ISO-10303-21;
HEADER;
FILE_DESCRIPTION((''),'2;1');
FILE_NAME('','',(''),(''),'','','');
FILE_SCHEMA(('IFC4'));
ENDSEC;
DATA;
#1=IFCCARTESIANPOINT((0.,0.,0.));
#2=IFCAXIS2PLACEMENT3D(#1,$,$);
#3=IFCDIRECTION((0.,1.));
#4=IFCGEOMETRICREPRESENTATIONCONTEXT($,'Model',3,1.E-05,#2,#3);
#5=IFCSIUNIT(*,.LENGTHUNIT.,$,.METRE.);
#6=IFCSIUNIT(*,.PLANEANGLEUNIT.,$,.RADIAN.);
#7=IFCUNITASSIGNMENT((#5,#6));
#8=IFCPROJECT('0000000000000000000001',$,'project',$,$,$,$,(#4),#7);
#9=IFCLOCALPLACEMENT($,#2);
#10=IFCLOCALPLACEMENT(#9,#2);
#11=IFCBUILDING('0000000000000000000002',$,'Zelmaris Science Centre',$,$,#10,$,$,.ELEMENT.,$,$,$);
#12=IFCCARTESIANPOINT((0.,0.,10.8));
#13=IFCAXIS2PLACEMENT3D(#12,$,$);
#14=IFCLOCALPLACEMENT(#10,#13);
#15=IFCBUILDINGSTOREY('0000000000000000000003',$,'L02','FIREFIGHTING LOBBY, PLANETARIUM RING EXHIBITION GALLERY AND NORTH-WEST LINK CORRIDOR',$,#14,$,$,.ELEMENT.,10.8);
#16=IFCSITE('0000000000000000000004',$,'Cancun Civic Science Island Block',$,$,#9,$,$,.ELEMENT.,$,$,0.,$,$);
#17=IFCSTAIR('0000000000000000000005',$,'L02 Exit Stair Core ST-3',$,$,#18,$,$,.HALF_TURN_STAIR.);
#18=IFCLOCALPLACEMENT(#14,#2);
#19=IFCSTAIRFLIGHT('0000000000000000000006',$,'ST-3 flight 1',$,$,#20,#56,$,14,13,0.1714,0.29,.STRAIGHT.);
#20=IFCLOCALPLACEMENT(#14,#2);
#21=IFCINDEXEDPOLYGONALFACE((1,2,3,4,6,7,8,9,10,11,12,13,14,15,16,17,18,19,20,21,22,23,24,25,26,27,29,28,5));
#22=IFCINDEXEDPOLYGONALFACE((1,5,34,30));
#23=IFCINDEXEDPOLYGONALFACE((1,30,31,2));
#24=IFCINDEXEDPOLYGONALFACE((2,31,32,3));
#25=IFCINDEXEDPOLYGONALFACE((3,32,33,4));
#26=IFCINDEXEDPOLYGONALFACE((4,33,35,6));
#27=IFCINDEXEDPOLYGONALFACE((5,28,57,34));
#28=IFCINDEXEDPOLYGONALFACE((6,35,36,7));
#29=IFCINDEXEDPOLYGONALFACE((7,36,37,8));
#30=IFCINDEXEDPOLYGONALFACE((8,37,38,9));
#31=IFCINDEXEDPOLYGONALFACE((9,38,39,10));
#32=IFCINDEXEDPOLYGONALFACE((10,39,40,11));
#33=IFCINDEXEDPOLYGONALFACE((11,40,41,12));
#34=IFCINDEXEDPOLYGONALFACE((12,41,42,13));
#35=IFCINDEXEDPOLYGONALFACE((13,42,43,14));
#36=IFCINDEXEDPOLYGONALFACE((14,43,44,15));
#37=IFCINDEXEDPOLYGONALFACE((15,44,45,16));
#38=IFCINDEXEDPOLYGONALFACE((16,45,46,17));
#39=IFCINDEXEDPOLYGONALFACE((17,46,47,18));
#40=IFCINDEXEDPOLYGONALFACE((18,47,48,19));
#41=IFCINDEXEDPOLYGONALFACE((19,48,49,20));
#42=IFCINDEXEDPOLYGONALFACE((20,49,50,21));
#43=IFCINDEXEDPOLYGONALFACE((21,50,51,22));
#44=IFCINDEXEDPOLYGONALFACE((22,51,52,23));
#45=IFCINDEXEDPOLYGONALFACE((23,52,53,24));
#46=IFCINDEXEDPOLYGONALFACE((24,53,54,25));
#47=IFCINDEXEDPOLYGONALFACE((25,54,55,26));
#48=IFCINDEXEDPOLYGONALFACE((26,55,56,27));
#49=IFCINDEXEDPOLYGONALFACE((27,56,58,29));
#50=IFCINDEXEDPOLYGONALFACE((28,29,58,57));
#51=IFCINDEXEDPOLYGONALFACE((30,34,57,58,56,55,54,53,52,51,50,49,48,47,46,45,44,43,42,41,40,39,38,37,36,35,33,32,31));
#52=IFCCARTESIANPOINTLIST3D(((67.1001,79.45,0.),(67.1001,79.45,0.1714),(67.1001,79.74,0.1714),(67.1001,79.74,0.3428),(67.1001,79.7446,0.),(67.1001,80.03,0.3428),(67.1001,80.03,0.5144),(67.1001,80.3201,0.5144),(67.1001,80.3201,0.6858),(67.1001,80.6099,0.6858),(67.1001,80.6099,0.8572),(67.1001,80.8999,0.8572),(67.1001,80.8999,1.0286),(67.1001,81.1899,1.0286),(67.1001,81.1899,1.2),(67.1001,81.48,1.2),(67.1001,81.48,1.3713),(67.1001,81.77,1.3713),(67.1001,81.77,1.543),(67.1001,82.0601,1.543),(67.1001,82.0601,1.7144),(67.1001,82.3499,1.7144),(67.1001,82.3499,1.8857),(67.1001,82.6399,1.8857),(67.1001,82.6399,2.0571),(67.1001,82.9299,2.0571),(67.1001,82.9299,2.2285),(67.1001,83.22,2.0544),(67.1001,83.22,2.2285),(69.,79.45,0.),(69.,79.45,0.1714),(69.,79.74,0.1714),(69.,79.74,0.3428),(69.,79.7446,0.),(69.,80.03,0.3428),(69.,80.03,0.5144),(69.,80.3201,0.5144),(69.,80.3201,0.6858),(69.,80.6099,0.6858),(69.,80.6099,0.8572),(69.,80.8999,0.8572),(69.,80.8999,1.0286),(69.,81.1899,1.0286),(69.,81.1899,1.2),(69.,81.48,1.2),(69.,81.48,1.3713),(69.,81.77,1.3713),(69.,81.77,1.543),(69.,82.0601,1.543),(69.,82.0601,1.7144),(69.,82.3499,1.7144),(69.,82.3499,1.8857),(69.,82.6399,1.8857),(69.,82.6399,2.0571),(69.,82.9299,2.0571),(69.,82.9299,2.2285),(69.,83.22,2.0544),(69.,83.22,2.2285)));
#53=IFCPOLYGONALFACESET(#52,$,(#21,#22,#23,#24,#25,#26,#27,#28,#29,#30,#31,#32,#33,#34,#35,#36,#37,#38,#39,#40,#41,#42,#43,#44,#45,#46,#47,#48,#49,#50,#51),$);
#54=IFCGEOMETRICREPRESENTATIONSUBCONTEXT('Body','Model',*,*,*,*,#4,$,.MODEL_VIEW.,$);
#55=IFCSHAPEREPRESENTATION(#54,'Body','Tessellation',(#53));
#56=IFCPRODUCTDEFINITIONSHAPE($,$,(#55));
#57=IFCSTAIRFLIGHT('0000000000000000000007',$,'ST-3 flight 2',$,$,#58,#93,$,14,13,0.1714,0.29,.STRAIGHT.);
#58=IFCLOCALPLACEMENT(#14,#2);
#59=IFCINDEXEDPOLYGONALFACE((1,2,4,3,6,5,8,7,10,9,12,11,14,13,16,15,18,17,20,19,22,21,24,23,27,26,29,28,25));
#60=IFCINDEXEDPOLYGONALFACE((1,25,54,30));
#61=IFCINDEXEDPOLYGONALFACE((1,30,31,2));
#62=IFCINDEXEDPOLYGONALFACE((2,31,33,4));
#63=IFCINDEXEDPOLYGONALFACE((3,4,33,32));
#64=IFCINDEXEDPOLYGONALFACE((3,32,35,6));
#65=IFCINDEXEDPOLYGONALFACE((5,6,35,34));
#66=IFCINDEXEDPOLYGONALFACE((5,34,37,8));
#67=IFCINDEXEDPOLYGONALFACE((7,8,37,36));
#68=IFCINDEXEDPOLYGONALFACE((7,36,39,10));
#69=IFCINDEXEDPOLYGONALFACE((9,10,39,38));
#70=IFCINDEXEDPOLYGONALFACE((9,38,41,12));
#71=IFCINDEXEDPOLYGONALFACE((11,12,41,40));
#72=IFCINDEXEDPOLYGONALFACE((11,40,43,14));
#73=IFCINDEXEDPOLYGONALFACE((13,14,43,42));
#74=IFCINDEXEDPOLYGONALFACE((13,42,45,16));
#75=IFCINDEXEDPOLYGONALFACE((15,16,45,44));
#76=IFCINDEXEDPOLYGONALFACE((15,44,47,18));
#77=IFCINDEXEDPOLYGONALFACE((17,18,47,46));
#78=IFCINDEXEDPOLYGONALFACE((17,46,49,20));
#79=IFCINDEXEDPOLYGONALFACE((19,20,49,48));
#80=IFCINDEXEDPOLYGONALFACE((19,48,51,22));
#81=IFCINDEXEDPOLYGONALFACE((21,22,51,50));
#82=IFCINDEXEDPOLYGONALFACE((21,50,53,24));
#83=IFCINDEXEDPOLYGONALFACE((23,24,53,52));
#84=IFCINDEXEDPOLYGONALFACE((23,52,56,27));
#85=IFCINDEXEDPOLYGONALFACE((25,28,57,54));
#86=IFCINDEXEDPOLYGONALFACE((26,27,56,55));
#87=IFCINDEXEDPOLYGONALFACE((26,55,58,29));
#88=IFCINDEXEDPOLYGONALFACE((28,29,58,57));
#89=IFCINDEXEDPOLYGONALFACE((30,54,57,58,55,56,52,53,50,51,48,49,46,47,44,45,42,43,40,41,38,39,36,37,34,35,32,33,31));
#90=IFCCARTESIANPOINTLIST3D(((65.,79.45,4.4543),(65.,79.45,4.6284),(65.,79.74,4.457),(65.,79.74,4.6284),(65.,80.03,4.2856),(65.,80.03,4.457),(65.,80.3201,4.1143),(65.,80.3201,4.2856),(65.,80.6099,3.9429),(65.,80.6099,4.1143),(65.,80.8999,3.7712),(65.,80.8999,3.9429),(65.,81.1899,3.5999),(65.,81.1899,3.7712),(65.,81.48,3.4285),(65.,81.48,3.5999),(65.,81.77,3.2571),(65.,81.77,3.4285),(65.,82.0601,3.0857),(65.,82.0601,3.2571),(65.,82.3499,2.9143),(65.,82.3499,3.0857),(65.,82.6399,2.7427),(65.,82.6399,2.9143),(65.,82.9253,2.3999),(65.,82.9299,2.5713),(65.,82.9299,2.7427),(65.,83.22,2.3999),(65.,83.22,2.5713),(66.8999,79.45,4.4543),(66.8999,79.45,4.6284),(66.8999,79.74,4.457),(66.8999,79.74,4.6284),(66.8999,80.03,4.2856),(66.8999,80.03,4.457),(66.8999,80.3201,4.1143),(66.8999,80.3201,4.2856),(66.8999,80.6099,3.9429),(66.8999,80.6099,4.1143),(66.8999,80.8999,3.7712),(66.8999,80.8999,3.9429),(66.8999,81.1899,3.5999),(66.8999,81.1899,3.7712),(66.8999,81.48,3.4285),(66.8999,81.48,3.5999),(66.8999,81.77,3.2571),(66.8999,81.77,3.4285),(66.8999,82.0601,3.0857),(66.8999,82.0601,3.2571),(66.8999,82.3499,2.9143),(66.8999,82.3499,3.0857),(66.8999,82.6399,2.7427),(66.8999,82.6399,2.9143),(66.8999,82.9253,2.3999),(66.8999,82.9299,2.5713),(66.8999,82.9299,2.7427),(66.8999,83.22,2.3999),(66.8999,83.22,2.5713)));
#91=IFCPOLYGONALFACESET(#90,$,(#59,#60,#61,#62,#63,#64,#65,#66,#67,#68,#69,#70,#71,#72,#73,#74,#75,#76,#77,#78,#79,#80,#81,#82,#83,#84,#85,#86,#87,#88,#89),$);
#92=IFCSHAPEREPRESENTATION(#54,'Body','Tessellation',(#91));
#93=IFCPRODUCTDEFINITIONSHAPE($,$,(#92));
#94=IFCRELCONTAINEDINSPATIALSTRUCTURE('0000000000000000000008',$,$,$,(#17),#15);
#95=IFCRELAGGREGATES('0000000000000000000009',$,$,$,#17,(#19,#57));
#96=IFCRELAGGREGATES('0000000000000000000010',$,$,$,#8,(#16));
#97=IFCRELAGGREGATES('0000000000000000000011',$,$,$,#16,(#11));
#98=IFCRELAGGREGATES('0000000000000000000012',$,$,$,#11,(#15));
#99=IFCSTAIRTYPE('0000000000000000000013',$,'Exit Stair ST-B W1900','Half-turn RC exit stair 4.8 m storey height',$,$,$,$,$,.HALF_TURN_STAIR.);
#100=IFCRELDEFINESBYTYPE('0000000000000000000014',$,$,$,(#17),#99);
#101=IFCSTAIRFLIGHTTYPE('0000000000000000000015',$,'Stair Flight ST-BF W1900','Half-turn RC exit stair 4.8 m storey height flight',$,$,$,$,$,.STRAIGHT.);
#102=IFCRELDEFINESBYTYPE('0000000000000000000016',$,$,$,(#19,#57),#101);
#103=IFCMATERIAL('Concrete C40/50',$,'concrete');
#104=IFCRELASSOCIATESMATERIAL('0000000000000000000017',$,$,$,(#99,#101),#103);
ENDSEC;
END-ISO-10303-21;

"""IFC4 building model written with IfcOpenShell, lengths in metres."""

from ifc_helpers import new_model, si_unit, direction, frame, origin, place, context, subcontext, project, spatial, polyline, outline, extrude, material, type_object, element, aggregate, save


model = new_model("IFC4")

# Units and contexts
model_context = context("Model", 3, precision=1e-05, world=origin(), true_north=direction((0.0, 1.0)))
body_context = subcontext(model_context, "Body", "Model", "MODEL_VIEW")
ifc_project = project(units=[si_unit("LENGTHUNIT", "METRE"), si_unit("PLANEANGLEUNIT", "RADIAN")], contexts=[model_context])

# Site, building, storey
site_placement = place(None, origin())
site = spatial("IfcSite", under=ifc_project, at=site_placement, Name="Cancun Civic Science Island Block", CompositionType="ELEMENT", RefElevation=0.0)
building_placement = place(site_placement, origin())
building = spatial("IfcBuilding", under=site, at=building_placement, Name="Zelmaris Science Centre", CompositionType="ELEMENT")
storey_placement = place(building_placement, frame((0.0, 0.0, 10.8)))
storey = spatial("IfcBuildingStorey", under=building, at=storey_placement, Name="L02", Description="FIREFIGHTING LOBBY, PLANETARIUM RING EXHIBITION GALLERY AND NORTH-WEST LINK CORRIDOR", CompositionType="ELEMENT", Elevation=10.8)

# Shared definitions
ifc_material_1 = material(Name="Concrete C40/50", Category="concrete")

# Stair, stair flights
stair_type = type_object("IfcStairType", Name="Exit Stair ST-B W1900", Description="Half-turn RC exit stair 4.8 m storey height", PredefinedType="HALF_TURN_STAIR", material=ifc_material_1)
stair_placement = place(storey_placement, origin())
stair = element("IfcStair", 1, at=stair_placement, inside=storey, type_object=stair_type, Name="L02 Exit Stair Core ST-3", PredefinedType="HALF_TURN_STAIR")
stair_flight_type = type_object("IfcStairFlightType", Name="Stair Flight ST-BF W1900", Description="Half-turn RC exit stair 4.8 m storey height flight", PredefinedType="STRAIGHT", material=ifc_material_1)
stair_flight_1_placement = place(storey_placement, frame((68.05, 79.45, 0.0), z_axis=(0.0, 0.0, 1.0), x_axis=(0.0, 1.0, 0.0)))
stair_flight_1 = element("IfcStairFlight", 2, at=stair_flight_1_placement, type_object=stair_flight_type, Name="ST-3 flight 1", NumberOfRisers=14, NumberOfTreads=13, PredefinedType="STRAIGHT", RiserHeight=0.1714, TreadLength=0.29, context=body_context, shape_type="SweptSolid", body=[
    extrude(outline(polyline([(0.0, 0.0), (0.0, 0.1714), (0.29, 0.1714), (0.29, 0.3428), (0.5801, 0.3428), (0.5801, 0.5144), (0.8701, 0.5144), (0.8701, 0.6858), (1.1599, 0.6858), (1.1599, 0.8572), (1.45, 0.8572), (1.45, 1.0286), (1.74, 1.0286), (1.74, 1.2), (2.03, 1.2), (2.03, 1.3713), (2.3201, 1.3713), (2.3201, 1.543), (2.6101, 1.543), (2.6101, 1.7144), (2.8999, 1.7144), (2.8999, 1.8857), (3.1899, 1.8857), (3.1899, 2.0571), (3.48, 2.0571), (3.48, 2.2285), (3.77, 2.2285), (3.77, 2.3999), (3.77, 2.0544), (0.2947, 0.0), (0.0, 0.0)])), frame((0.0, 0.95, 0.0), z_axis=(0.0, -1.0, 0.0), x_axis=(1.0, 0.0, 0.0)), (0.0, 0.0, 1.0), 1.8999),
])
stair_flight_2_placement = place(storey_placement, frame((65.95, 83.22, 2.3999), z_axis=(0.0, 0.0, 1.0), x_axis=(0.0, -1.0, 0.0)))
stair_flight_2 = element("IfcStairFlight", 3, at=stair_flight_2_placement, type_object=stair_flight_type, Name="ST-3 flight 2", NumberOfRisers=14, NumberOfTreads=13, PredefinedType="STRAIGHT", RiserHeight=0.1714, TreadLength=0.29, context=body_context, shape_type="SweptSolid", body=[
    extrude(outline(polyline([(0.0, 0.0), (0.0, 0.1714), (0.29, 0.1714), (0.29, 0.3428), (0.5801, 0.3428), (0.5801, 0.5144), (0.8701, 0.5144), (0.8701, 0.6858), (1.1599, 0.6858), (1.1599, 0.8572), (1.45, 0.8572), (1.45, 1.0286), (1.74, 1.0286), (1.74, 1.2), (2.03, 1.2), (2.03, 1.3713), (2.3201, 1.3713), (2.3201, 1.543), (2.6101, 1.543), (2.6101, 1.7144), (2.8999, 1.7144), (2.8999, 1.8857), (3.1899, 1.8857), (3.1899, 2.0571), (3.48, 2.0571), (3.48, 2.2285), (3.77, 2.2285), (3.77, 2.3999), (3.77, 2.0544), (0.2947, 0.0), (0.0, 0.0)])), frame((0.0, 0.95, 0.0), z_axis=(0.0, -1.0, 0.0), x_axis=(1.0, 0.0, 0.0)), (0.0, 0.0, 1.0), 1.8999),
])
aggregate(stair, [stair_flight_1, stair_flight_2])

save(model, "model.ifc")
